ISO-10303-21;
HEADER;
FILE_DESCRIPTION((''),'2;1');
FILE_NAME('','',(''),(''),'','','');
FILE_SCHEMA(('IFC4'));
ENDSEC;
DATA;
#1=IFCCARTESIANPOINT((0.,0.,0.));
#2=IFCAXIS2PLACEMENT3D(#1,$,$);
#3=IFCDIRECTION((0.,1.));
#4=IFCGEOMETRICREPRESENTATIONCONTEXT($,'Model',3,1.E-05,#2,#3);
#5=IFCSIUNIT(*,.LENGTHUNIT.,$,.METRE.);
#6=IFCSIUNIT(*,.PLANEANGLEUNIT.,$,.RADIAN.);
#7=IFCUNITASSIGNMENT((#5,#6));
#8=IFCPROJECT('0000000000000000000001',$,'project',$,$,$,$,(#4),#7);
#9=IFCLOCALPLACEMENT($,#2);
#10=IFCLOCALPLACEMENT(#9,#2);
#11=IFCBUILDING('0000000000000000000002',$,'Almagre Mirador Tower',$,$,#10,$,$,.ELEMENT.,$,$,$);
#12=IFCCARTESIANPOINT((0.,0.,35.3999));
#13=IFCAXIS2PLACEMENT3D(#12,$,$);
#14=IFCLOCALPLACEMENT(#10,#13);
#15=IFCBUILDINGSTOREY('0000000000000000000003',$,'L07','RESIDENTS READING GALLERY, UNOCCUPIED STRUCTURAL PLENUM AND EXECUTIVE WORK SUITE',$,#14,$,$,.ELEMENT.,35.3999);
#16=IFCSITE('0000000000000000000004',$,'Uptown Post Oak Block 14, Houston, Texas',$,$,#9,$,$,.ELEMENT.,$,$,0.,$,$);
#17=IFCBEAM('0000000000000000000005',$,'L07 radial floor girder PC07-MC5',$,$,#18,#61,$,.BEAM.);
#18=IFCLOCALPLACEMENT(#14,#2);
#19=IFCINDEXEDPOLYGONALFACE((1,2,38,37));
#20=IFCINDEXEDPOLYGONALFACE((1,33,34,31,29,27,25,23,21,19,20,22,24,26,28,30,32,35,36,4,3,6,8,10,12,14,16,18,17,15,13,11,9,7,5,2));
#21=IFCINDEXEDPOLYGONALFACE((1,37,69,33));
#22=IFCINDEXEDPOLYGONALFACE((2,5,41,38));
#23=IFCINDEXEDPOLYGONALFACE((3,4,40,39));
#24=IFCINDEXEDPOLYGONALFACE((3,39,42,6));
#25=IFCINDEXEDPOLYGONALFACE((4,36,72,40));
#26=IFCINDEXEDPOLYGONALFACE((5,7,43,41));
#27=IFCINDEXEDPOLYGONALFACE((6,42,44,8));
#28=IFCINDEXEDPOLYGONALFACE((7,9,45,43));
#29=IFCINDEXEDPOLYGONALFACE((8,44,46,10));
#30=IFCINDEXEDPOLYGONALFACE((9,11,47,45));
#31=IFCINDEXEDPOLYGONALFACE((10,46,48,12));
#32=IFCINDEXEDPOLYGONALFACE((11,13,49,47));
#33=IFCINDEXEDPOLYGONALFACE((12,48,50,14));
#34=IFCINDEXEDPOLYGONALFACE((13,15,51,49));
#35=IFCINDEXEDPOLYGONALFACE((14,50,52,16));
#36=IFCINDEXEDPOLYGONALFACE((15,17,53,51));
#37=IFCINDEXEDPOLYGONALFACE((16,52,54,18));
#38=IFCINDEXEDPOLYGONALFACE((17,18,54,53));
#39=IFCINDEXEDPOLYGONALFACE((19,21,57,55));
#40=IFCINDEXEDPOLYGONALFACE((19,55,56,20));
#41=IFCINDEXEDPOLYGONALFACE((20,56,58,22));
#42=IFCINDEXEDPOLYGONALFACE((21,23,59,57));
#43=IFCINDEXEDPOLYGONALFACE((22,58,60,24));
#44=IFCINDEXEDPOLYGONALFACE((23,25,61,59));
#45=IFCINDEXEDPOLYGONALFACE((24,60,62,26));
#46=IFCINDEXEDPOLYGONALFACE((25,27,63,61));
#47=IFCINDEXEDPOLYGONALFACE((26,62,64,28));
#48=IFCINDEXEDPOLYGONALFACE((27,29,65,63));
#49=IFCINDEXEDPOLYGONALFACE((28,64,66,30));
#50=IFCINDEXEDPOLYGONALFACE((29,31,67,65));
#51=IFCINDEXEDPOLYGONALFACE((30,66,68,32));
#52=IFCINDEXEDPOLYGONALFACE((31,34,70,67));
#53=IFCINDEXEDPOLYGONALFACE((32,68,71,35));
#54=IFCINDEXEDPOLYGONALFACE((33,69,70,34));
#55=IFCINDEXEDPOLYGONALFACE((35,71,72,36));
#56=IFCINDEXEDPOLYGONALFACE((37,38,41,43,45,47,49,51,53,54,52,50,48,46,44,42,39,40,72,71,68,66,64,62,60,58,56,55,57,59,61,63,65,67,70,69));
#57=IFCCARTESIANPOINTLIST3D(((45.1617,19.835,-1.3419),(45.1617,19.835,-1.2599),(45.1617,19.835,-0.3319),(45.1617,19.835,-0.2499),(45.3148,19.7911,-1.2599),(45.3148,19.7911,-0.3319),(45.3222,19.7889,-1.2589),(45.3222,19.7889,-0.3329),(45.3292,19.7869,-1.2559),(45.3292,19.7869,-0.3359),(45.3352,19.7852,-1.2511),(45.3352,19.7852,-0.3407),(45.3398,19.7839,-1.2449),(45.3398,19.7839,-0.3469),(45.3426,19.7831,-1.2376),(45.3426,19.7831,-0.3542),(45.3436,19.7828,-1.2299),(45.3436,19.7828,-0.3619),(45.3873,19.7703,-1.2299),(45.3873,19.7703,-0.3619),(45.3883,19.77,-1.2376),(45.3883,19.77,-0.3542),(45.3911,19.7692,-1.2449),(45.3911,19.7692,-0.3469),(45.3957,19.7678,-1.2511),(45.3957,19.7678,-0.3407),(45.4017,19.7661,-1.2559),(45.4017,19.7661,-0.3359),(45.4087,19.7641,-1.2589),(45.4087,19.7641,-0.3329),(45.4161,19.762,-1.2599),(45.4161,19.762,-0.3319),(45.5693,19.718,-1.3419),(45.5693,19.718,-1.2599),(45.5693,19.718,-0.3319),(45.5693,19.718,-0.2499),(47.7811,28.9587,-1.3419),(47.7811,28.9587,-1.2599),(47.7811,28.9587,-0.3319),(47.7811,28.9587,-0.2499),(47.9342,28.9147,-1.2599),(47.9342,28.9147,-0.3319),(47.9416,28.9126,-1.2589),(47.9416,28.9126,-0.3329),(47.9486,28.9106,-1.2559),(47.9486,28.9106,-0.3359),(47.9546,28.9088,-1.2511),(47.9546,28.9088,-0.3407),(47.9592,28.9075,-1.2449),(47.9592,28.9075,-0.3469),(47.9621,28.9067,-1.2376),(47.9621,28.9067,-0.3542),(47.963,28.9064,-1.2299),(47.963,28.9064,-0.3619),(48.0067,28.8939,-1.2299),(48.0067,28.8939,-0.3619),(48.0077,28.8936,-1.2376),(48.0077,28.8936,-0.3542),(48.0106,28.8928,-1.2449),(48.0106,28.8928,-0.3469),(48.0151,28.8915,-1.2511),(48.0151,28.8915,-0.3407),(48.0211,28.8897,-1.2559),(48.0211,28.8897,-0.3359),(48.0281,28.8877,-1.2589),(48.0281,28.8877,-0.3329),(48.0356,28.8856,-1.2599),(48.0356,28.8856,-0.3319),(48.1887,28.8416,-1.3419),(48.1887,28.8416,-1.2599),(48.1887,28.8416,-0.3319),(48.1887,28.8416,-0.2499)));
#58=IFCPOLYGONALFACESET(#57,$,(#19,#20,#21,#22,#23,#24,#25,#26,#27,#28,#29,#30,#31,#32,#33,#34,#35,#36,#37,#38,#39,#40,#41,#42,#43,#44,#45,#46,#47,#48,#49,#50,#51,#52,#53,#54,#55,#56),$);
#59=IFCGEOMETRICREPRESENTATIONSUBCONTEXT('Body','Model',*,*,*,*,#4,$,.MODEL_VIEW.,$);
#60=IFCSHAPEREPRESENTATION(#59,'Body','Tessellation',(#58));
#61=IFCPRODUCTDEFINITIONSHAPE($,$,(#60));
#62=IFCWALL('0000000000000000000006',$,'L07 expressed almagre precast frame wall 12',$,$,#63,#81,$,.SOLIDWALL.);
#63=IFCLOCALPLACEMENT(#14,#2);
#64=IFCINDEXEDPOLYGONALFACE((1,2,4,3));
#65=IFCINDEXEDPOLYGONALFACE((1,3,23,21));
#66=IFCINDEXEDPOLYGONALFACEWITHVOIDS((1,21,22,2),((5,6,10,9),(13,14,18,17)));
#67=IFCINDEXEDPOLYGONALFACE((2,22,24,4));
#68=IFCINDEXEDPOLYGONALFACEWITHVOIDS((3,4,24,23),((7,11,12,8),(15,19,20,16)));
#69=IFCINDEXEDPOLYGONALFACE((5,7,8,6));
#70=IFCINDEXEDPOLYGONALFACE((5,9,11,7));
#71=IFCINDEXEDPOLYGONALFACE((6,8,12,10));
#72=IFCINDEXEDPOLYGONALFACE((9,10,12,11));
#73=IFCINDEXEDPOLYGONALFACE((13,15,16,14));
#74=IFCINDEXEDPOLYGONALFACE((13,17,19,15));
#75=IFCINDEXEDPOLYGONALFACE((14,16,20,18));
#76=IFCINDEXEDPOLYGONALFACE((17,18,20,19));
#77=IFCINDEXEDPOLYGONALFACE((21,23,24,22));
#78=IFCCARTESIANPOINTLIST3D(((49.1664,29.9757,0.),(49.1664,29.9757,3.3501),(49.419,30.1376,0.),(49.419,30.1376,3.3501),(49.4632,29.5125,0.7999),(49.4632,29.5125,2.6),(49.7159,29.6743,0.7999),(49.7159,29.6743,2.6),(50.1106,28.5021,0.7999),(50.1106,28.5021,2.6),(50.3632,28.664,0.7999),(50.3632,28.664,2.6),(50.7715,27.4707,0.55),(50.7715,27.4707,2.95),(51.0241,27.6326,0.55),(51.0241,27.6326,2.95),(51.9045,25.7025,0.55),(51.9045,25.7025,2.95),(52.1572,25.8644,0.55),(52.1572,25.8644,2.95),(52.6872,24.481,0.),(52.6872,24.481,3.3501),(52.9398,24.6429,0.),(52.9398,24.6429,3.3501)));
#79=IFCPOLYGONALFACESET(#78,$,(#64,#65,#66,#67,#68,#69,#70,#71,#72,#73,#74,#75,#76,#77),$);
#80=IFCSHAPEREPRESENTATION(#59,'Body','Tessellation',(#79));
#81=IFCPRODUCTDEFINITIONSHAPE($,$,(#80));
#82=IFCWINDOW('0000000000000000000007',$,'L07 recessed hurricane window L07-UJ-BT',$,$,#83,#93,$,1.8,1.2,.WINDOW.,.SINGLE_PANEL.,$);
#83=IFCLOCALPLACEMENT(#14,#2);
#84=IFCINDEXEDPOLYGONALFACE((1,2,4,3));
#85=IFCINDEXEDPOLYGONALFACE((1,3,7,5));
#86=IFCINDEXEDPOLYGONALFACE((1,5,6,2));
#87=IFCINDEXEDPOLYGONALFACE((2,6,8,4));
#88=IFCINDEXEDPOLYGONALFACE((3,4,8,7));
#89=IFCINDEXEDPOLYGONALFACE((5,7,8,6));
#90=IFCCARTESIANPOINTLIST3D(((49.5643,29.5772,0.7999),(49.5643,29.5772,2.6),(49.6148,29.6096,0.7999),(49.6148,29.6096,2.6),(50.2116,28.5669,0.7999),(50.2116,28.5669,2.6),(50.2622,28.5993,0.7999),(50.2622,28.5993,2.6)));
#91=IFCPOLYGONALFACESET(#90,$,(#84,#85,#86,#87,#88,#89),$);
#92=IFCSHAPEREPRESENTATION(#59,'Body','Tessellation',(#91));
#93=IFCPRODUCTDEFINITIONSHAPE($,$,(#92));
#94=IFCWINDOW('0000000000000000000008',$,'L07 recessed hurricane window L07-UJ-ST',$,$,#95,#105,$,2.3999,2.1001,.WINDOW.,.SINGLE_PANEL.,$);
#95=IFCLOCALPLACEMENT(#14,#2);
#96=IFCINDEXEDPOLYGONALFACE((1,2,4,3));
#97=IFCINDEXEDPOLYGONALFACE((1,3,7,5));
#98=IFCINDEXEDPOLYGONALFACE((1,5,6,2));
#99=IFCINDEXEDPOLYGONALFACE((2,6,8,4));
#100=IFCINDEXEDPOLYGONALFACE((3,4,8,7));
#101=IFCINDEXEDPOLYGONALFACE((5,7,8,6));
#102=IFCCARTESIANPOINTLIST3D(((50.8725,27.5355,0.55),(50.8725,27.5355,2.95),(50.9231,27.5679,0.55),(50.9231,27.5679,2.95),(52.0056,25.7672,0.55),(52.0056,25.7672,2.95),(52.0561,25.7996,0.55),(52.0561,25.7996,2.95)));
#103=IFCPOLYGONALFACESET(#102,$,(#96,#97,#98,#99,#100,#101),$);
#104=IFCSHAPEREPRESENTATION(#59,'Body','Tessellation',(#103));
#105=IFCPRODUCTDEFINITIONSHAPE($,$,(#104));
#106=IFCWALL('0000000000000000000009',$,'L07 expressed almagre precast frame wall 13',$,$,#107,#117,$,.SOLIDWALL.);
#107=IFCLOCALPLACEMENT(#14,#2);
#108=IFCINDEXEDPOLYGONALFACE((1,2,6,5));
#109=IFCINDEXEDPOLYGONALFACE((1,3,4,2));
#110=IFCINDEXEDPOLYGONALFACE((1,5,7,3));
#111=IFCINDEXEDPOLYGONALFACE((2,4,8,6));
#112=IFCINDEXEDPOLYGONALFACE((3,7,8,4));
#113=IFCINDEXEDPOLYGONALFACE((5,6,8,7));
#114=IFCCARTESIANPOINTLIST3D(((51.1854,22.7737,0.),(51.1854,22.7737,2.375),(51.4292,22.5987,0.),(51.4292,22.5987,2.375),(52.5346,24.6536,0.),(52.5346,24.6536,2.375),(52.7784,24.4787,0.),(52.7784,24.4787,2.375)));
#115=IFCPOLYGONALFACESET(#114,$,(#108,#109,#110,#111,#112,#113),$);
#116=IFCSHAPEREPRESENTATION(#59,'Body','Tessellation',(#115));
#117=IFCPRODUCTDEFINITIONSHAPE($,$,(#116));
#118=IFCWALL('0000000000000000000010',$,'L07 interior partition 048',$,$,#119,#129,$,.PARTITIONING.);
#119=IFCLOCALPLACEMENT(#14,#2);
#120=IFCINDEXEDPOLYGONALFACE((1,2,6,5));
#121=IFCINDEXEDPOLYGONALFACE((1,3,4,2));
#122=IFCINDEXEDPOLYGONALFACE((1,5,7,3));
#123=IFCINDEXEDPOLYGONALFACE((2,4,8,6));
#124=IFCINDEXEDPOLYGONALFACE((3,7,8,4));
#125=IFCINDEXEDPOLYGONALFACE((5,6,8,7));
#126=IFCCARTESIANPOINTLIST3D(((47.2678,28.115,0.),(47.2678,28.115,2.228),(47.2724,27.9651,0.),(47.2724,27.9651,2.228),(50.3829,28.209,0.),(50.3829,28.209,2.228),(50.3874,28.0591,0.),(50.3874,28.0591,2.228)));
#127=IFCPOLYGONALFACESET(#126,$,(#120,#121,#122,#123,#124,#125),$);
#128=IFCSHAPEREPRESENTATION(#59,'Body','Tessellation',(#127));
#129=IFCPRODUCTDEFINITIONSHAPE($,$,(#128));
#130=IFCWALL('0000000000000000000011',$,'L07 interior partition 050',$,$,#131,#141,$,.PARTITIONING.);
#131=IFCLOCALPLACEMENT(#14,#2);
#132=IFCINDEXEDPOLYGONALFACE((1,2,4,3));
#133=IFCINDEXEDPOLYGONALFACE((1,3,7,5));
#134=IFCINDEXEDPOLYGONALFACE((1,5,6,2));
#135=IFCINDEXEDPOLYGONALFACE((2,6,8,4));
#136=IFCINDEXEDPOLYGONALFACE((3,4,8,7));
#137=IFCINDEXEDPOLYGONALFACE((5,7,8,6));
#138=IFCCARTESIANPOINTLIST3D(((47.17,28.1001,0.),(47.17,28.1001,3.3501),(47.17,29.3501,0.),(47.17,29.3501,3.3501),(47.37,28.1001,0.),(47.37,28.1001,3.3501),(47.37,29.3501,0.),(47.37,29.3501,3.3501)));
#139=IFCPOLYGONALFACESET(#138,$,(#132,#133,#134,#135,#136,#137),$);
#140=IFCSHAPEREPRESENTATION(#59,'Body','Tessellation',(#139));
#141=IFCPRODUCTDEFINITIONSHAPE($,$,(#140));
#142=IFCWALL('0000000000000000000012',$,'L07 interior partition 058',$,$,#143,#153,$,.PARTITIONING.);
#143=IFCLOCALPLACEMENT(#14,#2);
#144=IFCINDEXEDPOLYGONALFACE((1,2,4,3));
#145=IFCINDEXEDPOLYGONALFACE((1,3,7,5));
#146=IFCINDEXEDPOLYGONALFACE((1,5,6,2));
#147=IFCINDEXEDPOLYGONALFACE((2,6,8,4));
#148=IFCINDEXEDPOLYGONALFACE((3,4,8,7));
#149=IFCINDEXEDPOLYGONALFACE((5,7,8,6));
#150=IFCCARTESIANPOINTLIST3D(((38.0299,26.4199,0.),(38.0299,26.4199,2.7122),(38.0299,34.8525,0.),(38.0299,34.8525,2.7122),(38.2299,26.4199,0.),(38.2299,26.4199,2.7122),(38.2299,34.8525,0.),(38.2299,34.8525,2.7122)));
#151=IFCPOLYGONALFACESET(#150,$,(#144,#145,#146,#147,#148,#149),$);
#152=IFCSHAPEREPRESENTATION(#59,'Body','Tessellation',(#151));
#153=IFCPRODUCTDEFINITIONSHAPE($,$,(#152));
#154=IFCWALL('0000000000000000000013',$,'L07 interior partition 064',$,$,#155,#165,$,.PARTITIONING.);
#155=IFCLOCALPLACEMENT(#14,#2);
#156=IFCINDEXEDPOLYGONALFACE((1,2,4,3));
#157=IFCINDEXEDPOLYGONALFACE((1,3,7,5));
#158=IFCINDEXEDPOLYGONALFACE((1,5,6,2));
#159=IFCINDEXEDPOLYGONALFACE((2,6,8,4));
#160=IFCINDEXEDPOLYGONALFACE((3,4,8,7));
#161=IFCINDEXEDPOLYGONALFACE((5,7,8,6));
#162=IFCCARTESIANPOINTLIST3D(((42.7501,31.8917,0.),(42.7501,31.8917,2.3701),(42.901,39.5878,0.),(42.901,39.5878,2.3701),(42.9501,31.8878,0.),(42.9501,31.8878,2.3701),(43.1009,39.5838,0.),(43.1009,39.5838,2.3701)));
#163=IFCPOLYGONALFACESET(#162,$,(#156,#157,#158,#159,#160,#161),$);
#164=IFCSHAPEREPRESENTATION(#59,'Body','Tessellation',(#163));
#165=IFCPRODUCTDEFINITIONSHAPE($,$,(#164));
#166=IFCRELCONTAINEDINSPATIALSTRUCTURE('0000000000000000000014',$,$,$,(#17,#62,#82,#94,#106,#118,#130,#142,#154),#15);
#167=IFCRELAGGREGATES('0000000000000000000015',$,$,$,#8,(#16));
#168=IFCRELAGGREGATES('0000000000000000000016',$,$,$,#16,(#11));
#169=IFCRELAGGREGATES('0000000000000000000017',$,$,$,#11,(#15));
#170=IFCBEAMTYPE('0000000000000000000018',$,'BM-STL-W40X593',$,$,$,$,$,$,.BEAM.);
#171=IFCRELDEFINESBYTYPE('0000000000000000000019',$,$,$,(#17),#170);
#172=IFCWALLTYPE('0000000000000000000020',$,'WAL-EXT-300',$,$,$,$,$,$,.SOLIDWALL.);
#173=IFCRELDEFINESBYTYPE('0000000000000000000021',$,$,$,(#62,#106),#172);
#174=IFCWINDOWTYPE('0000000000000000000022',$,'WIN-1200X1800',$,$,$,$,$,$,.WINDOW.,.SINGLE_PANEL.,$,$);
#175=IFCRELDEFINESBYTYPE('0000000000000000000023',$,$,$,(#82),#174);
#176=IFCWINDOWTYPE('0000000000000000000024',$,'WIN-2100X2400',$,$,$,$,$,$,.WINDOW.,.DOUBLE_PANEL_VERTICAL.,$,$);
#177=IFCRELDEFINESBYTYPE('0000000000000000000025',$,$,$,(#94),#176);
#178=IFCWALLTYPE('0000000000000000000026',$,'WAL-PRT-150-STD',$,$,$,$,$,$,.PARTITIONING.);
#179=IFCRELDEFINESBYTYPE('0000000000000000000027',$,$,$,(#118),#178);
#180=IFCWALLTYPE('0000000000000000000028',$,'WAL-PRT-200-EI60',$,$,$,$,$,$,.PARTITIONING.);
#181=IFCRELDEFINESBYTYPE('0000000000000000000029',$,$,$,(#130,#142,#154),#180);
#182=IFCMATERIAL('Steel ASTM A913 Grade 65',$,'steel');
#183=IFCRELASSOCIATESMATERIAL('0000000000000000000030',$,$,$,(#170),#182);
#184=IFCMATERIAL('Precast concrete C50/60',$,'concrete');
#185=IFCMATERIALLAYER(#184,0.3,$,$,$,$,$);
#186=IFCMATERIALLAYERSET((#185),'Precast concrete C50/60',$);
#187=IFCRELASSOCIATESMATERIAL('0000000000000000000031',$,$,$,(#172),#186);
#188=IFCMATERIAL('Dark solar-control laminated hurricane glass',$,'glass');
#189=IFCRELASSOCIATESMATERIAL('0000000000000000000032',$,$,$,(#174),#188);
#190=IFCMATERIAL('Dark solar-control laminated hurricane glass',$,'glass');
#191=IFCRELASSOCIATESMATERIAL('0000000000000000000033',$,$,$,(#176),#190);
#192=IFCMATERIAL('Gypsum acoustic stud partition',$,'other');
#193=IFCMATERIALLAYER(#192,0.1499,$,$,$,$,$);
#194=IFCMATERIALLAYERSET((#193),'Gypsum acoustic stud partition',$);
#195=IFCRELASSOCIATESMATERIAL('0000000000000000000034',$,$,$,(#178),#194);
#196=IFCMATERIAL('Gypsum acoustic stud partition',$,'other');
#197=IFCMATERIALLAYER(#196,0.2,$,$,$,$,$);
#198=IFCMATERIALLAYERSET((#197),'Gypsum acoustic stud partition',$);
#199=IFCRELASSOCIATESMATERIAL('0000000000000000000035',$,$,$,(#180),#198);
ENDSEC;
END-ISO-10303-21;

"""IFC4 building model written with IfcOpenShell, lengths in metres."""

from ifc_helpers import new_model, si_unit, direction, frame, frame_2d, origin, origin_2d, place, context, subcontext, project, spatial, rectangle, i_section, extrude, material, layer, layer_set, material_profile, profile_set, type_object, element, fill, save


model = new_model("IFC4")

# Units and contexts
model_context = context("Model", 3, precision=1e-05, world=origin(), true_north=direction((0.0, 1.0)))
body_context = subcontext(model_context, "Body", "Model", "MODEL_VIEW")
ifc_project = project(units=[si_unit("LENGTHUNIT", "METRE"), si_unit("PLANEANGLEUNIT", "RADIAN")], contexts=[model_context])

# Site, building, storey
site_placement = place(None, origin())
site = spatial("IfcSite", under=ifc_project, at=site_placement, Name="Uptown Post Oak Block 14, Houston, Texas", CompositionType="ELEMENT", RefElevation=0.0)
building_placement = place(site_placement, origin())
building = spatial("IfcBuilding", under=site, at=building_placement, Name="Almagre Mirador Tower", CompositionType="ELEMENT")
storey_placement = place(building_placement, frame((0.0, 0.0, 35.3999)))
storey = spatial("IfcBuildingStorey", under=building, at=storey_placement, Name="L07", Description="RESIDENTS READING GALLERY, UNOCCUPIED STRUCTURAL PLENUM AND EXECUTIVE WORK SUITE", CompositionType="ELEMENT", Elevation=35.3999)

# Beam
ifc_material_1 = material(Name="Steel ASTM A913 Grade 65", Category="steel")
ifc_material_profile_1 = material_profile(ifc_material_1, i_section(OverallWidth=0.4241, OverallDepth=1.092, WebThickness=0.0454, FlangeThickness=0.082, FilletRadius=0.03, at=origin_2d()), Name="W40X593")
ifc_profile_set_1 = profile_set([ifc_material_profile_1], Name="Steel ASTM A913 Grade 65")
beam_type_1 = type_object("IfcBeamType", Name="BM-STL-W40X593", PredefinedType="BEAM", material=ifc_profile_set_1)
beam_1_placement = place(storey_placement, frame((47.9849, 28.9001, -0.7959), z_axis=(-0.275954, -0.961171, 0.0), x_axis=(0.961171, -0.275954, 0.0)))
element("IfcBeam", 1, at=beam_1_placement, inside=storey, type_object=beam_type_1, Name="L07 radial floor girder PC07-MC5", PredefinedType="BEAM", context=body_context, shape_type="SweptSolid", body=[
    extrude(i_section(OverallWidth=0.4241, OverallDepth=1.092, WebThickness=0.0454, FlangeThickness=0.082, FilletRadius=0.03, at=origin_2d()), origin(), (0.0, 0.0, 1.0), 9.4922),
])

# Wall, openings, windows
ifc_material_2 = material(Name="Precast concrete C50/60", Category="concrete")
ifc_layer_1 = layer(ifc_material_2, 0.3)
ifc_layer_set_1 = layer_set([ifc_layer_1], Name="Precast concrete C50/60")
wall_type_1 = type_object("IfcWallType", Name="WAL-EXT-300", PredefinedType="SOLIDWALL", material=ifc_layer_set_1)
wall_1_placement = place(storey_placement, frame((49.2927, 30.0566, 0.0), z_axis=(0.0, 0.0, 1.0), x_axis=(0.539509, -0.84198, 0.0)))
wall_1 = element("IfcWall", 2, at=wall_1_placement, inside=storey, type_object=wall_type_1, Name="L07 expressed almagre precast frame wall 12", PredefinedType="SOLIDWALL", context=body_context, shape_type="SweptSolid", body=[
    extrude(rectangle(XDim=6.5259, YDim=0.3, at=frame_2d((3.2629, 0.0))), origin(), (0.0, 0.0, 1.0), 3.3501),
])
opening_1_placement = place(wall_1_placement, frame((2.9751, 0.0, 0.55)))
opening_1 = element("IfcOpeningElement", 3, at=opening_1_placement, cuts=wall_1, PredefinedType="OPENING", context=body_context, shape_type="SweptSolid", body=[
    extrude(rectangle(XDim=2.1001, YDim=2.3999, at=frame_2d((1.05, 1.2))), frame((0.0, 0.1599, 0.0), z_axis=(0.0, -1.0, 0.0), x_axis=(1.0, 0.0, 0.0)), (0.0, 0.0, 1.0), 0.32),
])
opening_2_placement = place(wall_1_placement, frame((0.55, 0.0, 0.8)))
opening_2 = element("IfcOpeningElement", 4, at=opening_2_placement, cuts=wall_1, PredefinedType="OPENING", context=body_context, shape_type="SweptSolid", body=[
    extrude(rectangle(XDim=1.2, YDim=1.8, at=frame_2d((0.6001, 0.8999))), frame((0.0, 0.1599, 0.0), z_axis=(0.0, -1.0, 0.0), x_axis=(1.0, 0.0, 0.0)), (0.0, 0.0, 1.0), 0.32),
])
ifc_material_3 = material(Name="Dark solar-control laminated hurricane glass", Category="glass")
window_type_1 = type_object("IfcWindowType", Name="WIN-1200X1800", PartitioningType="SINGLE_PANEL", PredefinedType="WINDOW", material=ifc_material_3)
window_1_placement = place(opening_2_placement, origin())
window_1 = element("IfcWindow", 5, at=window_1_placement, inside=storey, type_object=window_type_1, Name="L07 recessed hurricane window L07-UJ-BT", OverallHeight=1.8, OverallWidth=1.2, PartitioningType="SINGLE_PANEL", PredefinedType="WINDOW", context=body_context, shape_type="SweptSolid", body=[
    extrude(rectangle(XDim=1.2, YDim=1.8, at=frame_2d((0.6001, 0.8999))), frame((0.0, 0.03, 0.0), z_axis=(0.0, -1.0, 0.0), x_axis=(1.0, 0.0, 0.0)), (0.0, 0.0, 1.0), 0.0601),
])
fill(opening_2, window_1)
ifc_material_4 = material(Name="Dark solar-control laminated hurricane glass", Category="glass")
window_type_2 = type_object("IfcWindowType", Name="WIN-2100X2400", PartitioningType="DOUBLE_PANEL_VERTICAL", PredefinedType="WINDOW", material=ifc_material_4)
window_2_placement = place(opening_1_placement, origin())
window_2 = element("IfcWindow", 6, at=window_2_placement, inside=storey, type_object=window_type_2, Name="L07 recessed hurricane window L07-UJ-ST", OverallHeight=2.3999, OverallWidth=2.1001, PartitioningType="SINGLE_PANEL", PredefinedType="WINDOW", context=body_context, shape_type="SweptSolid", body=[
    extrude(rectangle(XDim=2.1001, YDim=2.3999, at=frame_2d((1.05, 1.2))), frame((0.0, 0.03, 0.0), z_axis=(0.0, -1.0, 0.0), x_axis=(1.0, 0.0, 0.0)), (0.0, 0.0, 1.0), 0.0601),
])
fill(opening_1, window_2)

# Walls
wall_2_placement = place(storey_placement, frame((52.6565, 24.5662, 0.0), z_axis=(0.0, 0.0, 1.0), x_axis=(-0.583053, -0.812434, 0.0)))
element("IfcWall", 7, at=wall_2_placement, inside=storey, type_object=wall_type_1, Name="L07 expressed almagre precast frame wall 13", PredefinedType="SOLIDWALL", context=body_context, shape_type="SweptSolid", body=[
    extrude(rectangle(XDim=2.314, YDim=0.3, at=frame_2d((1.157, 0.0))), origin(), (0.0, 0.0, 1.0), 2.375),
])
ifc_material_5 = material(Name="Gypsum acoustic stud partition", Category="other")
ifc_layer_2 = layer(ifc_material_5, 0.1499)
ifc_layer_set_2 = layer_set([ifc_layer_2], Name="Gypsum acoustic stud partition")
wall_type_2 = type_object("IfcWallType", Name="WAL-PRT-150-STD", PredefinedType="PARTITIONING", material=ifc_layer_set_2)
wall_3_placement = place(storey_placement, frame((50.385, 28.134, 0.0), z_axis=(0.0, 0.0, 1.0), x_axis=(-0.999545, -0.030161, 0.0)))
element("IfcWall", 8, at=wall_3_placement, inside=storey, type_object=wall_type_2, Name="L07 interior partition 048", PredefinedType="PARTITIONING", context=body_context, shape_type="SweptSolid", body=[
    extrude(rectangle(XDim=3.1165, YDim=0.1499, at=frame_2d((1.5581, 0.0))), origin(), (0.0, 0.0, 1.0), 2.228),
])
ifc_material_6 = material(Name="Gypsum acoustic stud partition", Category="other")
ifc_layer_3 = layer(ifc_material_6, 0.2)
ifc_layer_set_3 = layer_set([ifc_layer_3], Name="Gypsum acoustic stud partition")
wall_type_3 = type_object("IfcWallType", Name="WAL-PRT-200-EI60", PredefinedType="PARTITIONING", material=ifc_layer_set_3)
wall_4_placement = place(storey_placement, frame((47.27, 29.3501, 0.0), z_axis=(0.0, 0.0, 1.0), x_axis=(0.0, -1.0, 0.0)))
element("IfcWall", 9, at=wall_4_placement, inside=storey, type_object=wall_type_3, Name="L07 interior partition 050", PredefinedType="PARTITIONING", context=body_context, shape_type="SweptSolid", body=[
    extrude(rectangle(XDim=1.25, YDim=0.2, at=frame_2d((0.625, 0.0))), origin(), (0.0, 0.0, 1.0), 3.3501),
])
wall_5_placement = place(storey_placement, frame((38.1299, 26.4199, 0.0), z_axis=(0.0, 0.0, 1.0), x_axis=(0.0, 1.0, 0.0)))
element("IfcWall", 10, at=wall_5_placement, inside=storey, type_object=wall_type_3, Name="L07 interior partition 058", PredefinedType="PARTITIONING", context=body_context, shape_type="SweptSolid", body=[
    extrude(rectangle(XDim=8.4326, YDim=0.2, at=frame_2d((4.2163, 0.0))), origin(), (0.0, 0.0, 1.0), 2.7122),
])
wall_6_placement = place(storey_placement, frame((42.8501, 31.8899, 0.0), z_axis=(0.0, 0.0, 1.0), x_axis=(0.019601, 0.999808, 0.0)))
element("IfcWall", 11, at=wall_6_placement, inside=storey, type_object=wall_type_3, Name="L07 interior partition 064", PredefinedType="PARTITIONING", context=body_context, shape_type="SweptSolid", body=[
    extrude(rectangle(XDim=7.6975, YDim=0.2, at=frame_2d((3.8486, 0.0))), origin(), (0.0, 0.0, 1.0), 2.3701),
])

save(model, "model.ifc")
